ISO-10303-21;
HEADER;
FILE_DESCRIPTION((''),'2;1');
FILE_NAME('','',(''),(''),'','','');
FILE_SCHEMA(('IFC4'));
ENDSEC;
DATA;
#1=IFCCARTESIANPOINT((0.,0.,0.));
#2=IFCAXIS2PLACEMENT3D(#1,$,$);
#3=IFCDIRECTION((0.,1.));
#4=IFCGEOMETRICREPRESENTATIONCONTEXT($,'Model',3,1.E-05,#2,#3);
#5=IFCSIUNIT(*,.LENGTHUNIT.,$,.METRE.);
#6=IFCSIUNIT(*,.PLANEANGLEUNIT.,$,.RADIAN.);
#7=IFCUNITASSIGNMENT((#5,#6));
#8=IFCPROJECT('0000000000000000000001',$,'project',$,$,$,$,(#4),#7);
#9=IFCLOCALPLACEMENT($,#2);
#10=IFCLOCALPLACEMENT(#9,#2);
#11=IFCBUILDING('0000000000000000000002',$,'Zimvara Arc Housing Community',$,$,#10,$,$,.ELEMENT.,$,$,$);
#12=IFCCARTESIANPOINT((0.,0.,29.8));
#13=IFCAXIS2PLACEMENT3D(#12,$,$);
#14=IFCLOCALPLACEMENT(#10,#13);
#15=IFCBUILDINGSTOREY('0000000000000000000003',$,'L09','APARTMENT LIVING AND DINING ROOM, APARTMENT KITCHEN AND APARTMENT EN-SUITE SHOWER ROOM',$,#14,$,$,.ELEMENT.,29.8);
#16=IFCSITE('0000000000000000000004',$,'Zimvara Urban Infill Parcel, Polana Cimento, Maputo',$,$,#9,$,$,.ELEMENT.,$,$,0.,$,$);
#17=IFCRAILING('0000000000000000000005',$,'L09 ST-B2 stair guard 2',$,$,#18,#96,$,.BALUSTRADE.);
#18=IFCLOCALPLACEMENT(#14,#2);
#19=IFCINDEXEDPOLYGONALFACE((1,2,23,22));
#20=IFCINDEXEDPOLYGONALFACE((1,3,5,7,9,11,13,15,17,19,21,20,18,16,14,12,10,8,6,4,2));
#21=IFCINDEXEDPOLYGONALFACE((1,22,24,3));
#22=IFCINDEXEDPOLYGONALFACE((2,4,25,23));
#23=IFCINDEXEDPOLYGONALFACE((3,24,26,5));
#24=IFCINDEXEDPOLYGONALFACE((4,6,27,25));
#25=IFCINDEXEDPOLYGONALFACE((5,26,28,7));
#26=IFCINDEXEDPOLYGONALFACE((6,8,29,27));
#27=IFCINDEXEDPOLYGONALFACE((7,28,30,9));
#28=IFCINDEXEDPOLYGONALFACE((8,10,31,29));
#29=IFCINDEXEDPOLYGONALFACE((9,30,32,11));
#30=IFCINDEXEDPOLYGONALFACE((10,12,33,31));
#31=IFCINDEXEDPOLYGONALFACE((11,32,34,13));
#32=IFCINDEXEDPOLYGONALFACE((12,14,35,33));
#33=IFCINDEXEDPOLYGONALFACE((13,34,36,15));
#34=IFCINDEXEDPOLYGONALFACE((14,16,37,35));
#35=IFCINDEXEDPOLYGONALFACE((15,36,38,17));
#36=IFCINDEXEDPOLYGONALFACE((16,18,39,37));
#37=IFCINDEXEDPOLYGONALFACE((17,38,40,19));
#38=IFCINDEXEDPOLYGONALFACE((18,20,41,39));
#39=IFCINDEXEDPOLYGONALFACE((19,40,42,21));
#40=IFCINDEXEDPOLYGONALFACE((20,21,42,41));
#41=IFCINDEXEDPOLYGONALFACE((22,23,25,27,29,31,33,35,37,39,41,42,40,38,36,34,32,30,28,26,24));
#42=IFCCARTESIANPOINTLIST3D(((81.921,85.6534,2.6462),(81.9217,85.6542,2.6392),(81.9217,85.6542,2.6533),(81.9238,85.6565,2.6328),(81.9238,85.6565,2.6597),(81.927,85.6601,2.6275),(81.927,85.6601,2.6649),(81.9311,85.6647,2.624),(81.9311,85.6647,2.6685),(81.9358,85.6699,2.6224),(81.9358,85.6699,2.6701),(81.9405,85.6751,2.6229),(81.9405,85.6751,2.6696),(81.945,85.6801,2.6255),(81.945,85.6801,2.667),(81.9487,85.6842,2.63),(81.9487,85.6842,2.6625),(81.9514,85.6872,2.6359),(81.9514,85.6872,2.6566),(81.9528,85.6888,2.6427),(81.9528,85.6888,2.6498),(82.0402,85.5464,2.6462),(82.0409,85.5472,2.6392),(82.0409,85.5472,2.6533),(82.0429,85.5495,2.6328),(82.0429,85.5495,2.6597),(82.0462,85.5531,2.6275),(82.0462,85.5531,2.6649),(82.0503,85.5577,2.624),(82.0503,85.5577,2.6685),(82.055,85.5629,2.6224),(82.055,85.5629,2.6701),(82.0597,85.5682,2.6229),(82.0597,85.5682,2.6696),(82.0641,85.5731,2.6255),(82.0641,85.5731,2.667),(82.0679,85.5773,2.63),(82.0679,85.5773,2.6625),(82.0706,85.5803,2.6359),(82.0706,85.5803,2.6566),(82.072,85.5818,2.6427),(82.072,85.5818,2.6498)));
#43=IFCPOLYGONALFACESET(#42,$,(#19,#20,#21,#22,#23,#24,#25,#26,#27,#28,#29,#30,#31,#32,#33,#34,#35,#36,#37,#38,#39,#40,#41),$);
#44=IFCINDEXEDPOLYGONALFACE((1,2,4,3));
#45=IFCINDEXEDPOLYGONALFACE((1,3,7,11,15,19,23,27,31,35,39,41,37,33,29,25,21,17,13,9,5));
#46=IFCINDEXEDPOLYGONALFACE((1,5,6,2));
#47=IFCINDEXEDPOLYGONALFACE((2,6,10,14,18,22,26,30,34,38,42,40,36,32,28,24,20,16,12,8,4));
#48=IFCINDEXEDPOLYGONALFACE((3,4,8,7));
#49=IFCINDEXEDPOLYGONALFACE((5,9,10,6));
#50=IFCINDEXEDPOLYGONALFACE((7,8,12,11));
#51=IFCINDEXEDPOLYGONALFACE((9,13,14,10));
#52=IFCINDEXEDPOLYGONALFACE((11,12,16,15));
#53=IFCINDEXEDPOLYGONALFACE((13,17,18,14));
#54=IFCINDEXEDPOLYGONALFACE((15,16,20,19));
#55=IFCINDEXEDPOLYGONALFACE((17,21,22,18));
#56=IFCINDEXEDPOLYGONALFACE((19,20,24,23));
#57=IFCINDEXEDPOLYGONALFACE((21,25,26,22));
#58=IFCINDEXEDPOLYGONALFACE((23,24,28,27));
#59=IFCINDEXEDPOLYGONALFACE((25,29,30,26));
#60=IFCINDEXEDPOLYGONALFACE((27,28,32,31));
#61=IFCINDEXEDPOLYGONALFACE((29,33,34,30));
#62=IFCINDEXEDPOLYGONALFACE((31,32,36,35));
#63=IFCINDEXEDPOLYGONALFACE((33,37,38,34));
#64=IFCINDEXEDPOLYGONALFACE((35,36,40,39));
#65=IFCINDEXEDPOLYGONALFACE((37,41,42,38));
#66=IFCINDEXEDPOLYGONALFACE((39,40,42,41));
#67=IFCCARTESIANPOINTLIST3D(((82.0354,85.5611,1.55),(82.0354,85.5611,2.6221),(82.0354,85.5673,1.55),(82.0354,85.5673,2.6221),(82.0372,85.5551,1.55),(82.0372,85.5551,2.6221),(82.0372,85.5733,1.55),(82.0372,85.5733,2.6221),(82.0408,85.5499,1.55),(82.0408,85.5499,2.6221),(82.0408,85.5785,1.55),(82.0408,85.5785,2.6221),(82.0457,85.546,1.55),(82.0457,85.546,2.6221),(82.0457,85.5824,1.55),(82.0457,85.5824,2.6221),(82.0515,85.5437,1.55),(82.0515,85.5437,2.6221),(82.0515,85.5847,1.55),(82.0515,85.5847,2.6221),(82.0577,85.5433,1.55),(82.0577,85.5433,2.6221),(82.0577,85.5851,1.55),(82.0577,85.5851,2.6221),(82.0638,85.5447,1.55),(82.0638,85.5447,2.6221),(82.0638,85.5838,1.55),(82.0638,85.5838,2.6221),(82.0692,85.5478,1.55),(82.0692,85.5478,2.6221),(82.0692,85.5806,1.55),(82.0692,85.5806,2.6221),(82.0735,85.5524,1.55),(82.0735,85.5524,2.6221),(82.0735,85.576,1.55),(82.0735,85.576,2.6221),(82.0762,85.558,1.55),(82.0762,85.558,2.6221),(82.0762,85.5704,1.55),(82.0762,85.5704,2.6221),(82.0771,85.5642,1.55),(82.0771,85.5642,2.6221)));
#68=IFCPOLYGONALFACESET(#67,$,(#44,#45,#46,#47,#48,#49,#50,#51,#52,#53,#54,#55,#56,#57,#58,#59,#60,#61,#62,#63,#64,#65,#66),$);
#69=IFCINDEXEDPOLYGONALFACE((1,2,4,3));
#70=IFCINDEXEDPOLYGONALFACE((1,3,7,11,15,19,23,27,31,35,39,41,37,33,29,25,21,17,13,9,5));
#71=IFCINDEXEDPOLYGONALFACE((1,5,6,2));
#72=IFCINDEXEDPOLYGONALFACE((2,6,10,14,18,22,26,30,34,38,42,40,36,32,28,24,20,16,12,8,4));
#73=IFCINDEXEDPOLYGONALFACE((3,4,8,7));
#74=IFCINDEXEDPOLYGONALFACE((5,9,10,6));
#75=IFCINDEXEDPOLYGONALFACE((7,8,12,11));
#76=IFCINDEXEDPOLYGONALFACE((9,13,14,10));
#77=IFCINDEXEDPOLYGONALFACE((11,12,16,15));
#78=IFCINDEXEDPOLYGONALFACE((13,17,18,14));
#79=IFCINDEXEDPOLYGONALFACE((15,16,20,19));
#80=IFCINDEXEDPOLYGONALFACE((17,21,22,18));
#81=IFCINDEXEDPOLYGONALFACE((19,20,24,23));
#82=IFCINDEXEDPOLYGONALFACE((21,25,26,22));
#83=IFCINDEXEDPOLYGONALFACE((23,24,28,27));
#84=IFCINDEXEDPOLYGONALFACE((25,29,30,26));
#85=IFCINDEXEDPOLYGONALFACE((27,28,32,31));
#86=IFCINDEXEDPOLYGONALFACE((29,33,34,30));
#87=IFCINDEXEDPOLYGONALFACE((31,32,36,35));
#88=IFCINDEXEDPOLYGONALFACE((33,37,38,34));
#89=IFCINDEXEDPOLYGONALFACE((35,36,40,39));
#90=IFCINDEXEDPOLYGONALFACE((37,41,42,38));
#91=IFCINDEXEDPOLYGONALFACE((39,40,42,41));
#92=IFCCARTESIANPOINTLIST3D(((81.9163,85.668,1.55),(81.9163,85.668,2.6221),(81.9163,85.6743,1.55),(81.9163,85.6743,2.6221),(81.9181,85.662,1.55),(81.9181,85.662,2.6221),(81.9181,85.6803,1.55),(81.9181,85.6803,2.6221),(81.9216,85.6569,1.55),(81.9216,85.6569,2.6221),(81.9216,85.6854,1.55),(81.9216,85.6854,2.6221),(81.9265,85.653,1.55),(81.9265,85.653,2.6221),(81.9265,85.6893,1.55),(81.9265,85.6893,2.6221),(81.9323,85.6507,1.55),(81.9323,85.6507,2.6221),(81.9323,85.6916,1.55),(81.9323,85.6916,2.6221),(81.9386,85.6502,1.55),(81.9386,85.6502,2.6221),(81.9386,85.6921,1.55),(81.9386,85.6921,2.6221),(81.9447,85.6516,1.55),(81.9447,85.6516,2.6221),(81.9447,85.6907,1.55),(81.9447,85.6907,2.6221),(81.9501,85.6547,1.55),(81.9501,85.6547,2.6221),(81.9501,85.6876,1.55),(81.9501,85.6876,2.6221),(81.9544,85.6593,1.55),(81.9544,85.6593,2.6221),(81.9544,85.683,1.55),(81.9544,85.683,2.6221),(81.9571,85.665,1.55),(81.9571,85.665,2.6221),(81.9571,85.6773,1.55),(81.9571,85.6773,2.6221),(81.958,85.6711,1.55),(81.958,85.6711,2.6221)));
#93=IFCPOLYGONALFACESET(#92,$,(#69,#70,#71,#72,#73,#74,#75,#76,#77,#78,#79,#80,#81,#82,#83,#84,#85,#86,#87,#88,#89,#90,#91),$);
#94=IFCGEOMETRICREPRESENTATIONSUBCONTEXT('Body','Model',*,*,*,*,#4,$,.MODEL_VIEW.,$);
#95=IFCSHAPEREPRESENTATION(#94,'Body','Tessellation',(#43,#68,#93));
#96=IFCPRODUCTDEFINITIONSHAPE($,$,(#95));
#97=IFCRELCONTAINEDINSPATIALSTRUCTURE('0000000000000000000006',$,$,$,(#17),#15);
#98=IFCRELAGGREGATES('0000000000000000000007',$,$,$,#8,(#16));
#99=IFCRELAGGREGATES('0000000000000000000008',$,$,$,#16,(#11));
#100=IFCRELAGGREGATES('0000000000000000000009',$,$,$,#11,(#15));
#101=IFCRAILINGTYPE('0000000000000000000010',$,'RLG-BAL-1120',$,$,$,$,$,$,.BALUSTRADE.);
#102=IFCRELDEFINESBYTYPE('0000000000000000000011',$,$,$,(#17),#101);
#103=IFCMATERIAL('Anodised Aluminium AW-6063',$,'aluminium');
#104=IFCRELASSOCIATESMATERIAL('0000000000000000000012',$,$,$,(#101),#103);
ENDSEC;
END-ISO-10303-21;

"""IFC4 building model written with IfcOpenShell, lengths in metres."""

from ifc_helpers import new_model, si_unit, direction, frame, origin, origin_2d, place, context, subcontext, project, spatial, circle, extrude, material, type_object, element, save


model = new_model("IFC4")

# Units and contexts
model_context = context("Model", 3, precision=1e-05, world=origin(), true_north=direction((0.0, 1.0)))
body_context = subcontext(model_context, "Body", "Model", "MODEL_VIEW")
ifc_project = project(units=[si_unit("LENGTHUNIT", "METRE"), si_unit("PLANEANGLEUNIT", "RADIAN")], contexts=[model_context])

# Site, building, storey
site_placement = place(None, origin())
site = spatial("IfcSite", under=ifc_project, at=site_placement, Name="Zimvara Urban Infill Parcel, Polana Cimento, Maputo", CompositionType="ELEMENT", RefElevation=0.0)
building_placement = place(site_placement, origin())
building = spatial("IfcBuilding", under=site, at=building_placement, Name="Zimvara Arc Housing Community", CompositionType="ELEMENT")
storey_placement = place(building_placement, frame((0.0, 0.0, 29.8)))
storey = spatial("IfcBuildingStorey", under=building, at=storey_placement, Name="L09", Description="APARTMENT LIVING AND DINING ROOM, APARTMENT KITCHEN AND APARTMENT EN-SUITE SHOWER ROOM", CompositionType="ELEMENT", Elevation=29.8)

# Railing
ifc_material_1 = material(Name="Anodised Aluminium AW-6063", Category="aluminium")
railing_type_1 = type_object("IfcRailingType", Name="RLG-BAL-1120", PredefinedType="BALUSTRADE", material=ifc_material_1)
railing_1_placement = place(storey_placement, frame((82.0562, 85.5642, 1.55)))
element("IfcRailing", 1, at=railing_1_placement, inside=storey, type_object=railing_type_1, Name="L09 ST-B2 stair guard 2", PredefinedType="BALUSTRADE", context=body_context, shape_type="SweptSolid", body=[
    extrude(circle(Radius=0.0239, at=origin_2d()), frame((0.0, 0.0, 1.0962), z_axis=(-0.744203, 0.667953, 0.0), x_axis=(-0.667953, -0.744203, 0.0)), (0.0, 0.0, 1.0), 0.1602),
    extrude(circle(Radius=0.021, at=origin_2d()), origin(), (0.0, 0.0, 1.0), 1.072),
    extrude(circle(Radius=0.021, at=origin_2d()), frame((-0.1191, 0.1069, 0.0)), (0.0, 0.0, 1.0), 1.072),
])

save(model, "model.ifc")
